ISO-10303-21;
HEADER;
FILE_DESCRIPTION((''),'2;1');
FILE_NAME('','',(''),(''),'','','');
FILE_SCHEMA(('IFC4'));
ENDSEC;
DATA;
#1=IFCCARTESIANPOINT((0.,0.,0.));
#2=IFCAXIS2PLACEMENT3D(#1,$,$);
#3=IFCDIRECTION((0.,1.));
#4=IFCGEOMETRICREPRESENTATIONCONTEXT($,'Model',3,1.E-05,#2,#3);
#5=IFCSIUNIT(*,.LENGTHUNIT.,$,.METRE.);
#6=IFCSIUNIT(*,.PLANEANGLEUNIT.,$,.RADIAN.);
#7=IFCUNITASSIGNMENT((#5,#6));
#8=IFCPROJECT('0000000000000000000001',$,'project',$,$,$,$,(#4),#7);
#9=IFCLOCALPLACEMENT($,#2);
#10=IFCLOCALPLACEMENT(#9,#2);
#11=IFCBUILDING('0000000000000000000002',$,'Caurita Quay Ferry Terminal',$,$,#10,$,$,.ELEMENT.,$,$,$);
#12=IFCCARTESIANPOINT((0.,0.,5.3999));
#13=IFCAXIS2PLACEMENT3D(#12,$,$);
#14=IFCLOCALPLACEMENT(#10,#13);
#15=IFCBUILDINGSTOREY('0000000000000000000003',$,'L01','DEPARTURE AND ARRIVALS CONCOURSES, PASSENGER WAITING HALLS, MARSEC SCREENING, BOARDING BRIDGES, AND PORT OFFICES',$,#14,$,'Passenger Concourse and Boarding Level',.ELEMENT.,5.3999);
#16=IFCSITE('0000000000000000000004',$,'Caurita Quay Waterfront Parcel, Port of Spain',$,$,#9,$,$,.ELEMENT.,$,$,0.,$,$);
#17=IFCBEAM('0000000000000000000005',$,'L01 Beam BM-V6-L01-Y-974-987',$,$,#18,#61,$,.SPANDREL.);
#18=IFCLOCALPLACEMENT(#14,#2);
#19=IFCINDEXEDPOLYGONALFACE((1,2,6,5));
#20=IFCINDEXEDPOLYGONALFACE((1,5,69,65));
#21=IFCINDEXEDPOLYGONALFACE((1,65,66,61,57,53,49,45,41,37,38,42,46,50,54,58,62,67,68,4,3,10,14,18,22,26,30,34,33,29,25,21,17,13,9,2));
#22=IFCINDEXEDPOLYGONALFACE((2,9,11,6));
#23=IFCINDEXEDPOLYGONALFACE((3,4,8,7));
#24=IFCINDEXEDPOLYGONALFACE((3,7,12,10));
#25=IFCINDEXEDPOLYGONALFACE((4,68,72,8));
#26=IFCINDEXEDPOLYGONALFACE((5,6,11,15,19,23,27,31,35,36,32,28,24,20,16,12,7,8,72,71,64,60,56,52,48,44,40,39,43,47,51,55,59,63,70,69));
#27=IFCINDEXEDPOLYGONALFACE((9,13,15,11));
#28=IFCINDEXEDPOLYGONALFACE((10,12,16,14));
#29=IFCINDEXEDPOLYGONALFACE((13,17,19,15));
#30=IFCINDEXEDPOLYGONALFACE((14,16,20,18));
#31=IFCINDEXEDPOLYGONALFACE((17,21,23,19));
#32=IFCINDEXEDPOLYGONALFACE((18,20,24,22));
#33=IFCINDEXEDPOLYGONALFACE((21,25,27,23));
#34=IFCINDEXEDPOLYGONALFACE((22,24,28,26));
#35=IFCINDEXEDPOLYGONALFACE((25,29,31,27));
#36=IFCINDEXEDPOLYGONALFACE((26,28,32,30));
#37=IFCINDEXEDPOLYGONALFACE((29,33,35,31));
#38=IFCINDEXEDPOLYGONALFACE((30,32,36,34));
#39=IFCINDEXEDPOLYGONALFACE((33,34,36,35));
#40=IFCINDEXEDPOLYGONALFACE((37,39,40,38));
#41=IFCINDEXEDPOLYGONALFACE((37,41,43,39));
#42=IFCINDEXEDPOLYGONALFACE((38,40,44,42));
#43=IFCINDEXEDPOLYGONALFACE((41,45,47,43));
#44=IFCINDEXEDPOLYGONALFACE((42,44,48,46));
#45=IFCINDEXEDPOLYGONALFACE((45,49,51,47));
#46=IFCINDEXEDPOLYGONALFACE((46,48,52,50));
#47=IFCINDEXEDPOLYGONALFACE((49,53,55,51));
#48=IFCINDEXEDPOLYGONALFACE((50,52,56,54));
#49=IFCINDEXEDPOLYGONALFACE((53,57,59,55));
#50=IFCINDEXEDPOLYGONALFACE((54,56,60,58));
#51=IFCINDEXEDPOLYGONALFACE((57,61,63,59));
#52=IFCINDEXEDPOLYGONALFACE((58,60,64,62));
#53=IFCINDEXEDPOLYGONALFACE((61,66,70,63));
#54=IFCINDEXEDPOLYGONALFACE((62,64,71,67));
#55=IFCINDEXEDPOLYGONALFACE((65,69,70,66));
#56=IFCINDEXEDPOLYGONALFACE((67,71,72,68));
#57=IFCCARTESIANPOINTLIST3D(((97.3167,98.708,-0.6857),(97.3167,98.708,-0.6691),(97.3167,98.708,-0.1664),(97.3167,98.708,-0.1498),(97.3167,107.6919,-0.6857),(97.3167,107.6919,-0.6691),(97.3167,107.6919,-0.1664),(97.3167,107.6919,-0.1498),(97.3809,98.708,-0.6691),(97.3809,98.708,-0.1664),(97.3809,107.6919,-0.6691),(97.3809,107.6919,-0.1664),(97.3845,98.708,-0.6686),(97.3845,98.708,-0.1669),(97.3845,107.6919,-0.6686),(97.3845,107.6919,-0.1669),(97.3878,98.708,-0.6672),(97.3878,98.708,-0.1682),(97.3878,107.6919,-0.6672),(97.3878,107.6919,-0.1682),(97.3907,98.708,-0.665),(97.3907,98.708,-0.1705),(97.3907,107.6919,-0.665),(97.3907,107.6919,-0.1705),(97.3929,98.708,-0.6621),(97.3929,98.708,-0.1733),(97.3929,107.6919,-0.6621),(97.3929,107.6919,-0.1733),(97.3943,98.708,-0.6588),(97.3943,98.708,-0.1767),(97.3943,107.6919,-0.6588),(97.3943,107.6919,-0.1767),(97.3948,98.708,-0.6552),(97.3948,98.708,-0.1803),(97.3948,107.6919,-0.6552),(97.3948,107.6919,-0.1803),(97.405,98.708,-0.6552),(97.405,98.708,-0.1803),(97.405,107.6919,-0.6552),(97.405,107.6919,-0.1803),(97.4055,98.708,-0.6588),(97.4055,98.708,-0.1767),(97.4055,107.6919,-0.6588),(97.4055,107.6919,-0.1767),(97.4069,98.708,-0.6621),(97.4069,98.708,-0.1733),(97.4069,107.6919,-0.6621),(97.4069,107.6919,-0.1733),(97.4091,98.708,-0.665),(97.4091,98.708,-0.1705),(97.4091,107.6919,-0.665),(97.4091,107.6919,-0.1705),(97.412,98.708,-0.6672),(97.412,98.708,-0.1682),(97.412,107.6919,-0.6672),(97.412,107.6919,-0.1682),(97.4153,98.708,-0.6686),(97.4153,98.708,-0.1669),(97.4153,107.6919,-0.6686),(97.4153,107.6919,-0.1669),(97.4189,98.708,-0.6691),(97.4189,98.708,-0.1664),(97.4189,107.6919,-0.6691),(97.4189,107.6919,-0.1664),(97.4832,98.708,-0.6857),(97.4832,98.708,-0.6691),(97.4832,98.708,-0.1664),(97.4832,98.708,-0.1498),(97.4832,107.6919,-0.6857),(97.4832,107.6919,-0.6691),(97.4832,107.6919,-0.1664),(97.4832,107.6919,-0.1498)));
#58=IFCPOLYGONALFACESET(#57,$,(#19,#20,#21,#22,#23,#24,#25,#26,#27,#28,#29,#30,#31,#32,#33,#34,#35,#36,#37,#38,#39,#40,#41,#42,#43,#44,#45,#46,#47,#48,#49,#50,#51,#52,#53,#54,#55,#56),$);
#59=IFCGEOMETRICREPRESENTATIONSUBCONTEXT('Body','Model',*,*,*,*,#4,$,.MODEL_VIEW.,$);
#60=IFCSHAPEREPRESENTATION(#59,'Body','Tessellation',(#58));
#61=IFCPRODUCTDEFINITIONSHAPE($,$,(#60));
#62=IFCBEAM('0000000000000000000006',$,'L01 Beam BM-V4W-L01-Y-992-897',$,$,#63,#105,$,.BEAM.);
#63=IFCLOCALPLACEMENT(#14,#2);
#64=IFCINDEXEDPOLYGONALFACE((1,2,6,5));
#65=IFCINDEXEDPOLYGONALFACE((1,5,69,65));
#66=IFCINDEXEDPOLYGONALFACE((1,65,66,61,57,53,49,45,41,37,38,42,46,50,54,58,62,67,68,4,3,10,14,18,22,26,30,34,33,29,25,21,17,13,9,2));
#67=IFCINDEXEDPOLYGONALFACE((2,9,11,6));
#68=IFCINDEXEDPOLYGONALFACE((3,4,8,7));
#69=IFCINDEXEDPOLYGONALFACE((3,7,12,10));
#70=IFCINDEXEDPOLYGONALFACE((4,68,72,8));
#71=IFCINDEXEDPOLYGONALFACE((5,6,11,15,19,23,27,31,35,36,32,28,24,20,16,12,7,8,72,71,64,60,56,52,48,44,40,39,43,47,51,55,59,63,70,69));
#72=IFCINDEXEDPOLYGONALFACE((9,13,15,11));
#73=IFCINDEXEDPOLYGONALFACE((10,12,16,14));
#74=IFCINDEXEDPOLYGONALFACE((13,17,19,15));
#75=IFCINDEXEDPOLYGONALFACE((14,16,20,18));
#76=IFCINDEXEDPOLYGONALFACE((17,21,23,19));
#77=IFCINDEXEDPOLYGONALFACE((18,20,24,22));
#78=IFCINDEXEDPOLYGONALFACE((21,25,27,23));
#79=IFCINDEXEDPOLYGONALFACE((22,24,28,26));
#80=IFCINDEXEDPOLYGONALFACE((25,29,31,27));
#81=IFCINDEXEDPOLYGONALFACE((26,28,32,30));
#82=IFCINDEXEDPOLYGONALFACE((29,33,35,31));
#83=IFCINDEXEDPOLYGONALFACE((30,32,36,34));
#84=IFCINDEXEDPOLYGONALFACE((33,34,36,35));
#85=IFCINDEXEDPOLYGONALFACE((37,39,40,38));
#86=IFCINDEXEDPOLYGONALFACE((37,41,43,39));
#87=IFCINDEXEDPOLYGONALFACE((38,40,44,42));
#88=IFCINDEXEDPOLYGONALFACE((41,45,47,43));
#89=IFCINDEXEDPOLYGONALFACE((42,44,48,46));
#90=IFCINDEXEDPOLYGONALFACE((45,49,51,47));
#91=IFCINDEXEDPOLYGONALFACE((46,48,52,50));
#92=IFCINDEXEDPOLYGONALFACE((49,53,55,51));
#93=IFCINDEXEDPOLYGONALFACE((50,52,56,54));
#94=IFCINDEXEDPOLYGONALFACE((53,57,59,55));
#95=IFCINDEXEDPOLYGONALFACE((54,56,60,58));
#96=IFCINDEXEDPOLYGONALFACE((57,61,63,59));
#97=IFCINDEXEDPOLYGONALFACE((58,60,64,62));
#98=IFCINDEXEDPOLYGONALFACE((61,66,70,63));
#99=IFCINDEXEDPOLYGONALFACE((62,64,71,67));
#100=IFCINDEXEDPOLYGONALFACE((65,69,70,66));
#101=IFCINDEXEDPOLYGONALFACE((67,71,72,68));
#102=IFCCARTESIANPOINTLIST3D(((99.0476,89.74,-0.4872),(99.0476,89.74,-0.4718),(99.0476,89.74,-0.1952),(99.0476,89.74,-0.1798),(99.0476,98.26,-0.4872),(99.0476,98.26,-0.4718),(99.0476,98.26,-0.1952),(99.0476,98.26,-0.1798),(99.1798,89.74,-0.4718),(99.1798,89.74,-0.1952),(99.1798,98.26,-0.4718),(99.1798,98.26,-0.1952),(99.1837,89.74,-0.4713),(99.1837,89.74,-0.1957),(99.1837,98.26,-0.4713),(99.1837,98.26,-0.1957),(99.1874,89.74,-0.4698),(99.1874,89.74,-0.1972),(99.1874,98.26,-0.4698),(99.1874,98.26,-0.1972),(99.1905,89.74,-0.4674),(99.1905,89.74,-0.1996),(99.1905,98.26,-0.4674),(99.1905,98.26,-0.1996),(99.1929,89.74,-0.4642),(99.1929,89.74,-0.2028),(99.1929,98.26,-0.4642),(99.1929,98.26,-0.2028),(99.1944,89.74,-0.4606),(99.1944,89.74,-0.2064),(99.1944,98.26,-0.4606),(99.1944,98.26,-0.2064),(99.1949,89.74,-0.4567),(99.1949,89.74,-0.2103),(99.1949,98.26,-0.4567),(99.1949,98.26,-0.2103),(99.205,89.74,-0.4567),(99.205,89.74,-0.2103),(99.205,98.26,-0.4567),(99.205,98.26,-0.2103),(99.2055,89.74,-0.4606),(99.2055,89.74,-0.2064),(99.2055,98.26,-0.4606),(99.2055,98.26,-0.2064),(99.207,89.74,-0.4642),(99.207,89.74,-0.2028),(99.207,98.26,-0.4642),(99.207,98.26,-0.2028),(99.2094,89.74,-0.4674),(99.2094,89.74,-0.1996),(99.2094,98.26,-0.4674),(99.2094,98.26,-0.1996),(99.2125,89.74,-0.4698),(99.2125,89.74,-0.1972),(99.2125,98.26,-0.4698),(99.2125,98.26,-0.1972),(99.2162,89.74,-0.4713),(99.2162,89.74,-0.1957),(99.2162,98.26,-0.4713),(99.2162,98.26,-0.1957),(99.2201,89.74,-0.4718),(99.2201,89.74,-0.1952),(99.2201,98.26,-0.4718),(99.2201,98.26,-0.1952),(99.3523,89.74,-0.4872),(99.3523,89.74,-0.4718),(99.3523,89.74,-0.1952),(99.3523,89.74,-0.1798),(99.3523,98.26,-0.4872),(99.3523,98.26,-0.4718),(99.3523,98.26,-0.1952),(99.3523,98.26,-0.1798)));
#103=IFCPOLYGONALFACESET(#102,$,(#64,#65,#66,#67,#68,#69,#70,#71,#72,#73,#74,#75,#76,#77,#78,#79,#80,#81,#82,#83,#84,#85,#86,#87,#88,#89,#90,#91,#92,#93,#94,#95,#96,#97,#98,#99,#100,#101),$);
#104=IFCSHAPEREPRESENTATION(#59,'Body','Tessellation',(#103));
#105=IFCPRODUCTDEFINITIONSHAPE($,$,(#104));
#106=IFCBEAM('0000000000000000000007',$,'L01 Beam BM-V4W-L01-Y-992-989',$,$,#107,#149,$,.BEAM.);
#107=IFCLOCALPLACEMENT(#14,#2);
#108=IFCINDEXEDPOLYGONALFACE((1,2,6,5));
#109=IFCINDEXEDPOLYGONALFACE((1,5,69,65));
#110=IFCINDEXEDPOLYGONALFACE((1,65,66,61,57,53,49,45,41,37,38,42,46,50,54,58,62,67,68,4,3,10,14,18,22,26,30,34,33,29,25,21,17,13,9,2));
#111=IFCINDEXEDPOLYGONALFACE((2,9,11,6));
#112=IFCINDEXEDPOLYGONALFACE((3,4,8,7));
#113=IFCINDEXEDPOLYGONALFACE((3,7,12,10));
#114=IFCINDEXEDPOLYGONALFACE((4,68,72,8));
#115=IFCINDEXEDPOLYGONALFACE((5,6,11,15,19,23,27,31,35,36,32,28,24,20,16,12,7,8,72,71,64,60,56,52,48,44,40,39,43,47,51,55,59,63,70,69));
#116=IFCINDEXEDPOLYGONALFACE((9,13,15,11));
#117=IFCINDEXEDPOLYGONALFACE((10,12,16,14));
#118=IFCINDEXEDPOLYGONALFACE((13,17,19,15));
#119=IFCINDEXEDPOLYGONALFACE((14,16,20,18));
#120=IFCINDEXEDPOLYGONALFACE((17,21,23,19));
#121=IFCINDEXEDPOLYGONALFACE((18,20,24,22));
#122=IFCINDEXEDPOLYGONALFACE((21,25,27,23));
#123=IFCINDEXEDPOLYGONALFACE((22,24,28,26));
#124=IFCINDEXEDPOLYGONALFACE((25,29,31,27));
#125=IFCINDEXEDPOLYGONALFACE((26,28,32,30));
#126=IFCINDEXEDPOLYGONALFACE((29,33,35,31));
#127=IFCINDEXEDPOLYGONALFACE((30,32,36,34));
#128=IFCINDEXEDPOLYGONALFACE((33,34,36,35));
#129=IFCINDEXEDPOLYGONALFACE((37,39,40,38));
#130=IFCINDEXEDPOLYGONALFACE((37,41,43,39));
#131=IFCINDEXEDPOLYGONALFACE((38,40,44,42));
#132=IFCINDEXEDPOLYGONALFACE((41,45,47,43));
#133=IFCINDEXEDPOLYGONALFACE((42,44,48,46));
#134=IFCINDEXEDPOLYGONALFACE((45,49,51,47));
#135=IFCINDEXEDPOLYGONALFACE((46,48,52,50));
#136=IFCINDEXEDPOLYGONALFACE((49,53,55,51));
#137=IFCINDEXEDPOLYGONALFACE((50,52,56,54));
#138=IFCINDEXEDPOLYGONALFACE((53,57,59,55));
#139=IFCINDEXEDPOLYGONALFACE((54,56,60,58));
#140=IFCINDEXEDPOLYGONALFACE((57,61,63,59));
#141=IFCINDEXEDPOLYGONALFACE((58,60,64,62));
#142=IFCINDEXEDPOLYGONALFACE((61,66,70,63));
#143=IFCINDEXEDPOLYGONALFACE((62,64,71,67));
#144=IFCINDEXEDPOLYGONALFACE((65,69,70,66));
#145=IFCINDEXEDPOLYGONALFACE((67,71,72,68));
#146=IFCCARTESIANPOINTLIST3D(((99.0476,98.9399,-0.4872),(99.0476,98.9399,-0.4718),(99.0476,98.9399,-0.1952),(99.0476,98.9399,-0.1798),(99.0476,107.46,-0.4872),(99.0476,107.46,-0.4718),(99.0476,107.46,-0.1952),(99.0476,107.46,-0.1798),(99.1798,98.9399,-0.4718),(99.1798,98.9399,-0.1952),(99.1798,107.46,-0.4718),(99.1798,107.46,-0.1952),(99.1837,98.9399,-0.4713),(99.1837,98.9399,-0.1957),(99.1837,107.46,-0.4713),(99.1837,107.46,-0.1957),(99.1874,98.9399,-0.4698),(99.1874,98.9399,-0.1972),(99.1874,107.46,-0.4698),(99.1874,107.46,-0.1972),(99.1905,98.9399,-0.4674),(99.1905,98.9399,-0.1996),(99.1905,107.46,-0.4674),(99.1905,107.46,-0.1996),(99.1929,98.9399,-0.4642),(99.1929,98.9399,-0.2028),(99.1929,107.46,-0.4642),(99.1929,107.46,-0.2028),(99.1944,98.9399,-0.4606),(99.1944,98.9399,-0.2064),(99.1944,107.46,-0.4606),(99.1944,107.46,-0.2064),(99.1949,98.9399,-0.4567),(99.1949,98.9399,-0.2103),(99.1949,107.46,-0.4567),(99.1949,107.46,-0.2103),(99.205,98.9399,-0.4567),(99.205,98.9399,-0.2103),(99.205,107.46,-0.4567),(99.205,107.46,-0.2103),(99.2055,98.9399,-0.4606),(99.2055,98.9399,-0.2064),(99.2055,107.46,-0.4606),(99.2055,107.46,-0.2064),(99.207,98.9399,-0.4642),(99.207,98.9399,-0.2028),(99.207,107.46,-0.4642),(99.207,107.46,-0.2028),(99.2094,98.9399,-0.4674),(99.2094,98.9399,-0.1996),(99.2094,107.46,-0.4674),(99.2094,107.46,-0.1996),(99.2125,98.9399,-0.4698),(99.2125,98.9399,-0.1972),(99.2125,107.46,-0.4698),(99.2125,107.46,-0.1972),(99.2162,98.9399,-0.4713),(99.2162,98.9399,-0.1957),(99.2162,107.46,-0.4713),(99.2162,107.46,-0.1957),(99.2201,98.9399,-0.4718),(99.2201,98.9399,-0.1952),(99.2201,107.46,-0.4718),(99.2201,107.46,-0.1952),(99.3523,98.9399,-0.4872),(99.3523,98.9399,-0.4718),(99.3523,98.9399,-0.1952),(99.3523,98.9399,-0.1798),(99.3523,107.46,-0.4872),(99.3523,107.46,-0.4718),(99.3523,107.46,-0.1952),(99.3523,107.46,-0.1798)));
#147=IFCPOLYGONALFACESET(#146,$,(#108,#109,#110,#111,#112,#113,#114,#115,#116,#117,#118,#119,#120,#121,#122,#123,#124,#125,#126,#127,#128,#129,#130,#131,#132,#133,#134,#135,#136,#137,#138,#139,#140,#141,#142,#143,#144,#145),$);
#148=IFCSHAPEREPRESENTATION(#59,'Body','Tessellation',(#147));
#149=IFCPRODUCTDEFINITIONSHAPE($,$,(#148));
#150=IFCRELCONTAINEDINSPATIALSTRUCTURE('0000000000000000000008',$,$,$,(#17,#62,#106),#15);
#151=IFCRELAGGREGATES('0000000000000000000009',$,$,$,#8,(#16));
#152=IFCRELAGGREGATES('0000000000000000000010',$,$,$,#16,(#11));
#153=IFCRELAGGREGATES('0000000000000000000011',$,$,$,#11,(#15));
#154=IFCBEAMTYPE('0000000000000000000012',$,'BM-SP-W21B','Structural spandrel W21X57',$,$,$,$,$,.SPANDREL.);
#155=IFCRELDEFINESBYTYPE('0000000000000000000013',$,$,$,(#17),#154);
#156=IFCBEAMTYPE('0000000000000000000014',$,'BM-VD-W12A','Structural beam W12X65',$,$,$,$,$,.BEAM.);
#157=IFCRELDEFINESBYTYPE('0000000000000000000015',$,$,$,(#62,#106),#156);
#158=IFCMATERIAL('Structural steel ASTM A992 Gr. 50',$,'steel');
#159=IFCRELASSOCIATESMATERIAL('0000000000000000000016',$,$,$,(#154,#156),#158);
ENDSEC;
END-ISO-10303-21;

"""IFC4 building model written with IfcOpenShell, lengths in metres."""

from ifc_helpers import new_model, si_unit, direction, frame, origin, origin_2d, place, context, subcontext, project, spatial, i_section, extrude, material, material_profile, profile_set, type_object, element, save


model = new_model("IFC4")

# Units and contexts
model_context = context("Model", 3, precision=1e-05, world=origin(), true_north=direction((0.0, 1.0)))
body_context = subcontext(model_context, "Body", "Model", "MODEL_VIEW")
ifc_project = project(units=[si_unit("LENGTHUNIT", "METRE"), si_unit("PLANEANGLEUNIT", "RADIAN")], contexts=[model_context])

# Site, building, storey
site_placement = place(None, origin())
site = spatial("IfcSite", under=ifc_project, at=site_placement, Name="Caurita Quay Waterfront Parcel, Port of Spain", CompositionType="ELEMENT", RefElevation=0.0)
building_placement = place(site_placement, origin())
building = spatial("IfcBuilding", under=site, at=building_placement, Name="Caurita Quay Ferry Terminal", CompositionType="ELEMENT")
storey_placement = place(building_placement, frame((0.0, 0.0, 5.3999)))
storey = spatial("IfcBuildingStorey", under=building, at=storey_placement, Name="L01", Description="DEPARTURE AND ARRIVALS CONCOURSES, PASSENGER WAITING HALLS, MARSEC SCREENING, BOARDING BRIDGES, AND PORT OFFICES", LongName="Passenger Concourse and Boarding Level", CompositionType="ELEMENT", Elevation=5.3999)

# Beams
ifc_material_1 = material(Name="Structural steel ASTM A992 Gr. 50", Category="steel")
ifc_material_profile_1 = material_profile(ifc_material_1, i_section(OverallWidth=0.1665, OverallDepth=0.5359, WebThickness=0.0103, FlangeThickness=0.0166, FilletRadius=0.0139, at=origin_2d()), Name="W21X57")
ifc_profile_set_1 = profile_set([ifc_material_profile_1], Name="Structural steel ASTM A992 Gr. 50")
beam_type_1 = type_object("IfcBeamType", Name="BM-SP-W21B", Description="Structural spandrel W21X57", PredefinedType="SPANDREL", material=ifc_profile_set_1)
beam_1_placement = place(storey_placement, frame((97.3999, 98.708, -0.4177), z_axis=(0.0, 1.0, 0.0), x_axis=(-1.0, 0.0, 0.0)))
element("IfcBeam", 1, at=beam_1_placement, inside=storey, type_object=beam_type_1, Name="L01 Beam BM-V6-L01-Y-974-987", PredefinedType="SPANDREL", context=body_context, shape_type="SweptSolid", body=[
    extrude(i_section(OverallWidth=0.1665, OverallDepth=0.5359, WebThickness=0.0103, FlangeThickness=0.0166, FilletRadius=0.0139, at=origin_2d()), origin(), (0.0, 0.0, 1.0), 8.9839),
])
ifc_material_profile_2 = material_profile(ifc_material_1, i_section(OverallWidth=0.3047, OverallDepth=0.3074, WebThickness=0.01, FlangeThickness=0.0154, FilletRadius=0.0151, at=origin_2d()), Name="W12X65")
ifc_profile_set_2 = profile_set([ifc_material_profile_2], Name="Structural steel ASTM A992 Gr. 50")
beam_type_2 = type_object("IfcBeamType", Name="BM-VD-W12A", Description="Structural beam W12X65", PredefinedType="BEAM", material=ifc_profile_set_2)
for number, where, z_axis, x_axis, name in (
    (2, (99.2, 89.74, -0.3335), (0.0, 1.0, 0.0), (-1.0, 0.0, 0.0), "L01 Beam BM-V4W-L01-Y-992-897"),
    (3, (99.2, 98.9399, -0.3335), (0.0, 1.0, 0.0), (-1.0, 0.0, 0.0), "L01 Beam BM-V4W-L01-Y-992-989"),
):
    element("IfcBeam", number, at=place(storey_placement, frame(where, z_axis=z_axis, x_axis=x_axis)), inside=storey, type_object=beam_type_2, Name=name, PredefinedType="BEAM", context=body_context, shape_type="SweptSolid", body=[
        extrude(i_section(OverallWidth=0.3047, OverallDepth=0.3074, WebThickness=0.01, FlangeThickness=0.0154, FilletRadius=0.0151, at=origin_2d()), origin(), (0.0, 0.0, 1.0), 8.52),
    ])

save(model, "model.ifc")
